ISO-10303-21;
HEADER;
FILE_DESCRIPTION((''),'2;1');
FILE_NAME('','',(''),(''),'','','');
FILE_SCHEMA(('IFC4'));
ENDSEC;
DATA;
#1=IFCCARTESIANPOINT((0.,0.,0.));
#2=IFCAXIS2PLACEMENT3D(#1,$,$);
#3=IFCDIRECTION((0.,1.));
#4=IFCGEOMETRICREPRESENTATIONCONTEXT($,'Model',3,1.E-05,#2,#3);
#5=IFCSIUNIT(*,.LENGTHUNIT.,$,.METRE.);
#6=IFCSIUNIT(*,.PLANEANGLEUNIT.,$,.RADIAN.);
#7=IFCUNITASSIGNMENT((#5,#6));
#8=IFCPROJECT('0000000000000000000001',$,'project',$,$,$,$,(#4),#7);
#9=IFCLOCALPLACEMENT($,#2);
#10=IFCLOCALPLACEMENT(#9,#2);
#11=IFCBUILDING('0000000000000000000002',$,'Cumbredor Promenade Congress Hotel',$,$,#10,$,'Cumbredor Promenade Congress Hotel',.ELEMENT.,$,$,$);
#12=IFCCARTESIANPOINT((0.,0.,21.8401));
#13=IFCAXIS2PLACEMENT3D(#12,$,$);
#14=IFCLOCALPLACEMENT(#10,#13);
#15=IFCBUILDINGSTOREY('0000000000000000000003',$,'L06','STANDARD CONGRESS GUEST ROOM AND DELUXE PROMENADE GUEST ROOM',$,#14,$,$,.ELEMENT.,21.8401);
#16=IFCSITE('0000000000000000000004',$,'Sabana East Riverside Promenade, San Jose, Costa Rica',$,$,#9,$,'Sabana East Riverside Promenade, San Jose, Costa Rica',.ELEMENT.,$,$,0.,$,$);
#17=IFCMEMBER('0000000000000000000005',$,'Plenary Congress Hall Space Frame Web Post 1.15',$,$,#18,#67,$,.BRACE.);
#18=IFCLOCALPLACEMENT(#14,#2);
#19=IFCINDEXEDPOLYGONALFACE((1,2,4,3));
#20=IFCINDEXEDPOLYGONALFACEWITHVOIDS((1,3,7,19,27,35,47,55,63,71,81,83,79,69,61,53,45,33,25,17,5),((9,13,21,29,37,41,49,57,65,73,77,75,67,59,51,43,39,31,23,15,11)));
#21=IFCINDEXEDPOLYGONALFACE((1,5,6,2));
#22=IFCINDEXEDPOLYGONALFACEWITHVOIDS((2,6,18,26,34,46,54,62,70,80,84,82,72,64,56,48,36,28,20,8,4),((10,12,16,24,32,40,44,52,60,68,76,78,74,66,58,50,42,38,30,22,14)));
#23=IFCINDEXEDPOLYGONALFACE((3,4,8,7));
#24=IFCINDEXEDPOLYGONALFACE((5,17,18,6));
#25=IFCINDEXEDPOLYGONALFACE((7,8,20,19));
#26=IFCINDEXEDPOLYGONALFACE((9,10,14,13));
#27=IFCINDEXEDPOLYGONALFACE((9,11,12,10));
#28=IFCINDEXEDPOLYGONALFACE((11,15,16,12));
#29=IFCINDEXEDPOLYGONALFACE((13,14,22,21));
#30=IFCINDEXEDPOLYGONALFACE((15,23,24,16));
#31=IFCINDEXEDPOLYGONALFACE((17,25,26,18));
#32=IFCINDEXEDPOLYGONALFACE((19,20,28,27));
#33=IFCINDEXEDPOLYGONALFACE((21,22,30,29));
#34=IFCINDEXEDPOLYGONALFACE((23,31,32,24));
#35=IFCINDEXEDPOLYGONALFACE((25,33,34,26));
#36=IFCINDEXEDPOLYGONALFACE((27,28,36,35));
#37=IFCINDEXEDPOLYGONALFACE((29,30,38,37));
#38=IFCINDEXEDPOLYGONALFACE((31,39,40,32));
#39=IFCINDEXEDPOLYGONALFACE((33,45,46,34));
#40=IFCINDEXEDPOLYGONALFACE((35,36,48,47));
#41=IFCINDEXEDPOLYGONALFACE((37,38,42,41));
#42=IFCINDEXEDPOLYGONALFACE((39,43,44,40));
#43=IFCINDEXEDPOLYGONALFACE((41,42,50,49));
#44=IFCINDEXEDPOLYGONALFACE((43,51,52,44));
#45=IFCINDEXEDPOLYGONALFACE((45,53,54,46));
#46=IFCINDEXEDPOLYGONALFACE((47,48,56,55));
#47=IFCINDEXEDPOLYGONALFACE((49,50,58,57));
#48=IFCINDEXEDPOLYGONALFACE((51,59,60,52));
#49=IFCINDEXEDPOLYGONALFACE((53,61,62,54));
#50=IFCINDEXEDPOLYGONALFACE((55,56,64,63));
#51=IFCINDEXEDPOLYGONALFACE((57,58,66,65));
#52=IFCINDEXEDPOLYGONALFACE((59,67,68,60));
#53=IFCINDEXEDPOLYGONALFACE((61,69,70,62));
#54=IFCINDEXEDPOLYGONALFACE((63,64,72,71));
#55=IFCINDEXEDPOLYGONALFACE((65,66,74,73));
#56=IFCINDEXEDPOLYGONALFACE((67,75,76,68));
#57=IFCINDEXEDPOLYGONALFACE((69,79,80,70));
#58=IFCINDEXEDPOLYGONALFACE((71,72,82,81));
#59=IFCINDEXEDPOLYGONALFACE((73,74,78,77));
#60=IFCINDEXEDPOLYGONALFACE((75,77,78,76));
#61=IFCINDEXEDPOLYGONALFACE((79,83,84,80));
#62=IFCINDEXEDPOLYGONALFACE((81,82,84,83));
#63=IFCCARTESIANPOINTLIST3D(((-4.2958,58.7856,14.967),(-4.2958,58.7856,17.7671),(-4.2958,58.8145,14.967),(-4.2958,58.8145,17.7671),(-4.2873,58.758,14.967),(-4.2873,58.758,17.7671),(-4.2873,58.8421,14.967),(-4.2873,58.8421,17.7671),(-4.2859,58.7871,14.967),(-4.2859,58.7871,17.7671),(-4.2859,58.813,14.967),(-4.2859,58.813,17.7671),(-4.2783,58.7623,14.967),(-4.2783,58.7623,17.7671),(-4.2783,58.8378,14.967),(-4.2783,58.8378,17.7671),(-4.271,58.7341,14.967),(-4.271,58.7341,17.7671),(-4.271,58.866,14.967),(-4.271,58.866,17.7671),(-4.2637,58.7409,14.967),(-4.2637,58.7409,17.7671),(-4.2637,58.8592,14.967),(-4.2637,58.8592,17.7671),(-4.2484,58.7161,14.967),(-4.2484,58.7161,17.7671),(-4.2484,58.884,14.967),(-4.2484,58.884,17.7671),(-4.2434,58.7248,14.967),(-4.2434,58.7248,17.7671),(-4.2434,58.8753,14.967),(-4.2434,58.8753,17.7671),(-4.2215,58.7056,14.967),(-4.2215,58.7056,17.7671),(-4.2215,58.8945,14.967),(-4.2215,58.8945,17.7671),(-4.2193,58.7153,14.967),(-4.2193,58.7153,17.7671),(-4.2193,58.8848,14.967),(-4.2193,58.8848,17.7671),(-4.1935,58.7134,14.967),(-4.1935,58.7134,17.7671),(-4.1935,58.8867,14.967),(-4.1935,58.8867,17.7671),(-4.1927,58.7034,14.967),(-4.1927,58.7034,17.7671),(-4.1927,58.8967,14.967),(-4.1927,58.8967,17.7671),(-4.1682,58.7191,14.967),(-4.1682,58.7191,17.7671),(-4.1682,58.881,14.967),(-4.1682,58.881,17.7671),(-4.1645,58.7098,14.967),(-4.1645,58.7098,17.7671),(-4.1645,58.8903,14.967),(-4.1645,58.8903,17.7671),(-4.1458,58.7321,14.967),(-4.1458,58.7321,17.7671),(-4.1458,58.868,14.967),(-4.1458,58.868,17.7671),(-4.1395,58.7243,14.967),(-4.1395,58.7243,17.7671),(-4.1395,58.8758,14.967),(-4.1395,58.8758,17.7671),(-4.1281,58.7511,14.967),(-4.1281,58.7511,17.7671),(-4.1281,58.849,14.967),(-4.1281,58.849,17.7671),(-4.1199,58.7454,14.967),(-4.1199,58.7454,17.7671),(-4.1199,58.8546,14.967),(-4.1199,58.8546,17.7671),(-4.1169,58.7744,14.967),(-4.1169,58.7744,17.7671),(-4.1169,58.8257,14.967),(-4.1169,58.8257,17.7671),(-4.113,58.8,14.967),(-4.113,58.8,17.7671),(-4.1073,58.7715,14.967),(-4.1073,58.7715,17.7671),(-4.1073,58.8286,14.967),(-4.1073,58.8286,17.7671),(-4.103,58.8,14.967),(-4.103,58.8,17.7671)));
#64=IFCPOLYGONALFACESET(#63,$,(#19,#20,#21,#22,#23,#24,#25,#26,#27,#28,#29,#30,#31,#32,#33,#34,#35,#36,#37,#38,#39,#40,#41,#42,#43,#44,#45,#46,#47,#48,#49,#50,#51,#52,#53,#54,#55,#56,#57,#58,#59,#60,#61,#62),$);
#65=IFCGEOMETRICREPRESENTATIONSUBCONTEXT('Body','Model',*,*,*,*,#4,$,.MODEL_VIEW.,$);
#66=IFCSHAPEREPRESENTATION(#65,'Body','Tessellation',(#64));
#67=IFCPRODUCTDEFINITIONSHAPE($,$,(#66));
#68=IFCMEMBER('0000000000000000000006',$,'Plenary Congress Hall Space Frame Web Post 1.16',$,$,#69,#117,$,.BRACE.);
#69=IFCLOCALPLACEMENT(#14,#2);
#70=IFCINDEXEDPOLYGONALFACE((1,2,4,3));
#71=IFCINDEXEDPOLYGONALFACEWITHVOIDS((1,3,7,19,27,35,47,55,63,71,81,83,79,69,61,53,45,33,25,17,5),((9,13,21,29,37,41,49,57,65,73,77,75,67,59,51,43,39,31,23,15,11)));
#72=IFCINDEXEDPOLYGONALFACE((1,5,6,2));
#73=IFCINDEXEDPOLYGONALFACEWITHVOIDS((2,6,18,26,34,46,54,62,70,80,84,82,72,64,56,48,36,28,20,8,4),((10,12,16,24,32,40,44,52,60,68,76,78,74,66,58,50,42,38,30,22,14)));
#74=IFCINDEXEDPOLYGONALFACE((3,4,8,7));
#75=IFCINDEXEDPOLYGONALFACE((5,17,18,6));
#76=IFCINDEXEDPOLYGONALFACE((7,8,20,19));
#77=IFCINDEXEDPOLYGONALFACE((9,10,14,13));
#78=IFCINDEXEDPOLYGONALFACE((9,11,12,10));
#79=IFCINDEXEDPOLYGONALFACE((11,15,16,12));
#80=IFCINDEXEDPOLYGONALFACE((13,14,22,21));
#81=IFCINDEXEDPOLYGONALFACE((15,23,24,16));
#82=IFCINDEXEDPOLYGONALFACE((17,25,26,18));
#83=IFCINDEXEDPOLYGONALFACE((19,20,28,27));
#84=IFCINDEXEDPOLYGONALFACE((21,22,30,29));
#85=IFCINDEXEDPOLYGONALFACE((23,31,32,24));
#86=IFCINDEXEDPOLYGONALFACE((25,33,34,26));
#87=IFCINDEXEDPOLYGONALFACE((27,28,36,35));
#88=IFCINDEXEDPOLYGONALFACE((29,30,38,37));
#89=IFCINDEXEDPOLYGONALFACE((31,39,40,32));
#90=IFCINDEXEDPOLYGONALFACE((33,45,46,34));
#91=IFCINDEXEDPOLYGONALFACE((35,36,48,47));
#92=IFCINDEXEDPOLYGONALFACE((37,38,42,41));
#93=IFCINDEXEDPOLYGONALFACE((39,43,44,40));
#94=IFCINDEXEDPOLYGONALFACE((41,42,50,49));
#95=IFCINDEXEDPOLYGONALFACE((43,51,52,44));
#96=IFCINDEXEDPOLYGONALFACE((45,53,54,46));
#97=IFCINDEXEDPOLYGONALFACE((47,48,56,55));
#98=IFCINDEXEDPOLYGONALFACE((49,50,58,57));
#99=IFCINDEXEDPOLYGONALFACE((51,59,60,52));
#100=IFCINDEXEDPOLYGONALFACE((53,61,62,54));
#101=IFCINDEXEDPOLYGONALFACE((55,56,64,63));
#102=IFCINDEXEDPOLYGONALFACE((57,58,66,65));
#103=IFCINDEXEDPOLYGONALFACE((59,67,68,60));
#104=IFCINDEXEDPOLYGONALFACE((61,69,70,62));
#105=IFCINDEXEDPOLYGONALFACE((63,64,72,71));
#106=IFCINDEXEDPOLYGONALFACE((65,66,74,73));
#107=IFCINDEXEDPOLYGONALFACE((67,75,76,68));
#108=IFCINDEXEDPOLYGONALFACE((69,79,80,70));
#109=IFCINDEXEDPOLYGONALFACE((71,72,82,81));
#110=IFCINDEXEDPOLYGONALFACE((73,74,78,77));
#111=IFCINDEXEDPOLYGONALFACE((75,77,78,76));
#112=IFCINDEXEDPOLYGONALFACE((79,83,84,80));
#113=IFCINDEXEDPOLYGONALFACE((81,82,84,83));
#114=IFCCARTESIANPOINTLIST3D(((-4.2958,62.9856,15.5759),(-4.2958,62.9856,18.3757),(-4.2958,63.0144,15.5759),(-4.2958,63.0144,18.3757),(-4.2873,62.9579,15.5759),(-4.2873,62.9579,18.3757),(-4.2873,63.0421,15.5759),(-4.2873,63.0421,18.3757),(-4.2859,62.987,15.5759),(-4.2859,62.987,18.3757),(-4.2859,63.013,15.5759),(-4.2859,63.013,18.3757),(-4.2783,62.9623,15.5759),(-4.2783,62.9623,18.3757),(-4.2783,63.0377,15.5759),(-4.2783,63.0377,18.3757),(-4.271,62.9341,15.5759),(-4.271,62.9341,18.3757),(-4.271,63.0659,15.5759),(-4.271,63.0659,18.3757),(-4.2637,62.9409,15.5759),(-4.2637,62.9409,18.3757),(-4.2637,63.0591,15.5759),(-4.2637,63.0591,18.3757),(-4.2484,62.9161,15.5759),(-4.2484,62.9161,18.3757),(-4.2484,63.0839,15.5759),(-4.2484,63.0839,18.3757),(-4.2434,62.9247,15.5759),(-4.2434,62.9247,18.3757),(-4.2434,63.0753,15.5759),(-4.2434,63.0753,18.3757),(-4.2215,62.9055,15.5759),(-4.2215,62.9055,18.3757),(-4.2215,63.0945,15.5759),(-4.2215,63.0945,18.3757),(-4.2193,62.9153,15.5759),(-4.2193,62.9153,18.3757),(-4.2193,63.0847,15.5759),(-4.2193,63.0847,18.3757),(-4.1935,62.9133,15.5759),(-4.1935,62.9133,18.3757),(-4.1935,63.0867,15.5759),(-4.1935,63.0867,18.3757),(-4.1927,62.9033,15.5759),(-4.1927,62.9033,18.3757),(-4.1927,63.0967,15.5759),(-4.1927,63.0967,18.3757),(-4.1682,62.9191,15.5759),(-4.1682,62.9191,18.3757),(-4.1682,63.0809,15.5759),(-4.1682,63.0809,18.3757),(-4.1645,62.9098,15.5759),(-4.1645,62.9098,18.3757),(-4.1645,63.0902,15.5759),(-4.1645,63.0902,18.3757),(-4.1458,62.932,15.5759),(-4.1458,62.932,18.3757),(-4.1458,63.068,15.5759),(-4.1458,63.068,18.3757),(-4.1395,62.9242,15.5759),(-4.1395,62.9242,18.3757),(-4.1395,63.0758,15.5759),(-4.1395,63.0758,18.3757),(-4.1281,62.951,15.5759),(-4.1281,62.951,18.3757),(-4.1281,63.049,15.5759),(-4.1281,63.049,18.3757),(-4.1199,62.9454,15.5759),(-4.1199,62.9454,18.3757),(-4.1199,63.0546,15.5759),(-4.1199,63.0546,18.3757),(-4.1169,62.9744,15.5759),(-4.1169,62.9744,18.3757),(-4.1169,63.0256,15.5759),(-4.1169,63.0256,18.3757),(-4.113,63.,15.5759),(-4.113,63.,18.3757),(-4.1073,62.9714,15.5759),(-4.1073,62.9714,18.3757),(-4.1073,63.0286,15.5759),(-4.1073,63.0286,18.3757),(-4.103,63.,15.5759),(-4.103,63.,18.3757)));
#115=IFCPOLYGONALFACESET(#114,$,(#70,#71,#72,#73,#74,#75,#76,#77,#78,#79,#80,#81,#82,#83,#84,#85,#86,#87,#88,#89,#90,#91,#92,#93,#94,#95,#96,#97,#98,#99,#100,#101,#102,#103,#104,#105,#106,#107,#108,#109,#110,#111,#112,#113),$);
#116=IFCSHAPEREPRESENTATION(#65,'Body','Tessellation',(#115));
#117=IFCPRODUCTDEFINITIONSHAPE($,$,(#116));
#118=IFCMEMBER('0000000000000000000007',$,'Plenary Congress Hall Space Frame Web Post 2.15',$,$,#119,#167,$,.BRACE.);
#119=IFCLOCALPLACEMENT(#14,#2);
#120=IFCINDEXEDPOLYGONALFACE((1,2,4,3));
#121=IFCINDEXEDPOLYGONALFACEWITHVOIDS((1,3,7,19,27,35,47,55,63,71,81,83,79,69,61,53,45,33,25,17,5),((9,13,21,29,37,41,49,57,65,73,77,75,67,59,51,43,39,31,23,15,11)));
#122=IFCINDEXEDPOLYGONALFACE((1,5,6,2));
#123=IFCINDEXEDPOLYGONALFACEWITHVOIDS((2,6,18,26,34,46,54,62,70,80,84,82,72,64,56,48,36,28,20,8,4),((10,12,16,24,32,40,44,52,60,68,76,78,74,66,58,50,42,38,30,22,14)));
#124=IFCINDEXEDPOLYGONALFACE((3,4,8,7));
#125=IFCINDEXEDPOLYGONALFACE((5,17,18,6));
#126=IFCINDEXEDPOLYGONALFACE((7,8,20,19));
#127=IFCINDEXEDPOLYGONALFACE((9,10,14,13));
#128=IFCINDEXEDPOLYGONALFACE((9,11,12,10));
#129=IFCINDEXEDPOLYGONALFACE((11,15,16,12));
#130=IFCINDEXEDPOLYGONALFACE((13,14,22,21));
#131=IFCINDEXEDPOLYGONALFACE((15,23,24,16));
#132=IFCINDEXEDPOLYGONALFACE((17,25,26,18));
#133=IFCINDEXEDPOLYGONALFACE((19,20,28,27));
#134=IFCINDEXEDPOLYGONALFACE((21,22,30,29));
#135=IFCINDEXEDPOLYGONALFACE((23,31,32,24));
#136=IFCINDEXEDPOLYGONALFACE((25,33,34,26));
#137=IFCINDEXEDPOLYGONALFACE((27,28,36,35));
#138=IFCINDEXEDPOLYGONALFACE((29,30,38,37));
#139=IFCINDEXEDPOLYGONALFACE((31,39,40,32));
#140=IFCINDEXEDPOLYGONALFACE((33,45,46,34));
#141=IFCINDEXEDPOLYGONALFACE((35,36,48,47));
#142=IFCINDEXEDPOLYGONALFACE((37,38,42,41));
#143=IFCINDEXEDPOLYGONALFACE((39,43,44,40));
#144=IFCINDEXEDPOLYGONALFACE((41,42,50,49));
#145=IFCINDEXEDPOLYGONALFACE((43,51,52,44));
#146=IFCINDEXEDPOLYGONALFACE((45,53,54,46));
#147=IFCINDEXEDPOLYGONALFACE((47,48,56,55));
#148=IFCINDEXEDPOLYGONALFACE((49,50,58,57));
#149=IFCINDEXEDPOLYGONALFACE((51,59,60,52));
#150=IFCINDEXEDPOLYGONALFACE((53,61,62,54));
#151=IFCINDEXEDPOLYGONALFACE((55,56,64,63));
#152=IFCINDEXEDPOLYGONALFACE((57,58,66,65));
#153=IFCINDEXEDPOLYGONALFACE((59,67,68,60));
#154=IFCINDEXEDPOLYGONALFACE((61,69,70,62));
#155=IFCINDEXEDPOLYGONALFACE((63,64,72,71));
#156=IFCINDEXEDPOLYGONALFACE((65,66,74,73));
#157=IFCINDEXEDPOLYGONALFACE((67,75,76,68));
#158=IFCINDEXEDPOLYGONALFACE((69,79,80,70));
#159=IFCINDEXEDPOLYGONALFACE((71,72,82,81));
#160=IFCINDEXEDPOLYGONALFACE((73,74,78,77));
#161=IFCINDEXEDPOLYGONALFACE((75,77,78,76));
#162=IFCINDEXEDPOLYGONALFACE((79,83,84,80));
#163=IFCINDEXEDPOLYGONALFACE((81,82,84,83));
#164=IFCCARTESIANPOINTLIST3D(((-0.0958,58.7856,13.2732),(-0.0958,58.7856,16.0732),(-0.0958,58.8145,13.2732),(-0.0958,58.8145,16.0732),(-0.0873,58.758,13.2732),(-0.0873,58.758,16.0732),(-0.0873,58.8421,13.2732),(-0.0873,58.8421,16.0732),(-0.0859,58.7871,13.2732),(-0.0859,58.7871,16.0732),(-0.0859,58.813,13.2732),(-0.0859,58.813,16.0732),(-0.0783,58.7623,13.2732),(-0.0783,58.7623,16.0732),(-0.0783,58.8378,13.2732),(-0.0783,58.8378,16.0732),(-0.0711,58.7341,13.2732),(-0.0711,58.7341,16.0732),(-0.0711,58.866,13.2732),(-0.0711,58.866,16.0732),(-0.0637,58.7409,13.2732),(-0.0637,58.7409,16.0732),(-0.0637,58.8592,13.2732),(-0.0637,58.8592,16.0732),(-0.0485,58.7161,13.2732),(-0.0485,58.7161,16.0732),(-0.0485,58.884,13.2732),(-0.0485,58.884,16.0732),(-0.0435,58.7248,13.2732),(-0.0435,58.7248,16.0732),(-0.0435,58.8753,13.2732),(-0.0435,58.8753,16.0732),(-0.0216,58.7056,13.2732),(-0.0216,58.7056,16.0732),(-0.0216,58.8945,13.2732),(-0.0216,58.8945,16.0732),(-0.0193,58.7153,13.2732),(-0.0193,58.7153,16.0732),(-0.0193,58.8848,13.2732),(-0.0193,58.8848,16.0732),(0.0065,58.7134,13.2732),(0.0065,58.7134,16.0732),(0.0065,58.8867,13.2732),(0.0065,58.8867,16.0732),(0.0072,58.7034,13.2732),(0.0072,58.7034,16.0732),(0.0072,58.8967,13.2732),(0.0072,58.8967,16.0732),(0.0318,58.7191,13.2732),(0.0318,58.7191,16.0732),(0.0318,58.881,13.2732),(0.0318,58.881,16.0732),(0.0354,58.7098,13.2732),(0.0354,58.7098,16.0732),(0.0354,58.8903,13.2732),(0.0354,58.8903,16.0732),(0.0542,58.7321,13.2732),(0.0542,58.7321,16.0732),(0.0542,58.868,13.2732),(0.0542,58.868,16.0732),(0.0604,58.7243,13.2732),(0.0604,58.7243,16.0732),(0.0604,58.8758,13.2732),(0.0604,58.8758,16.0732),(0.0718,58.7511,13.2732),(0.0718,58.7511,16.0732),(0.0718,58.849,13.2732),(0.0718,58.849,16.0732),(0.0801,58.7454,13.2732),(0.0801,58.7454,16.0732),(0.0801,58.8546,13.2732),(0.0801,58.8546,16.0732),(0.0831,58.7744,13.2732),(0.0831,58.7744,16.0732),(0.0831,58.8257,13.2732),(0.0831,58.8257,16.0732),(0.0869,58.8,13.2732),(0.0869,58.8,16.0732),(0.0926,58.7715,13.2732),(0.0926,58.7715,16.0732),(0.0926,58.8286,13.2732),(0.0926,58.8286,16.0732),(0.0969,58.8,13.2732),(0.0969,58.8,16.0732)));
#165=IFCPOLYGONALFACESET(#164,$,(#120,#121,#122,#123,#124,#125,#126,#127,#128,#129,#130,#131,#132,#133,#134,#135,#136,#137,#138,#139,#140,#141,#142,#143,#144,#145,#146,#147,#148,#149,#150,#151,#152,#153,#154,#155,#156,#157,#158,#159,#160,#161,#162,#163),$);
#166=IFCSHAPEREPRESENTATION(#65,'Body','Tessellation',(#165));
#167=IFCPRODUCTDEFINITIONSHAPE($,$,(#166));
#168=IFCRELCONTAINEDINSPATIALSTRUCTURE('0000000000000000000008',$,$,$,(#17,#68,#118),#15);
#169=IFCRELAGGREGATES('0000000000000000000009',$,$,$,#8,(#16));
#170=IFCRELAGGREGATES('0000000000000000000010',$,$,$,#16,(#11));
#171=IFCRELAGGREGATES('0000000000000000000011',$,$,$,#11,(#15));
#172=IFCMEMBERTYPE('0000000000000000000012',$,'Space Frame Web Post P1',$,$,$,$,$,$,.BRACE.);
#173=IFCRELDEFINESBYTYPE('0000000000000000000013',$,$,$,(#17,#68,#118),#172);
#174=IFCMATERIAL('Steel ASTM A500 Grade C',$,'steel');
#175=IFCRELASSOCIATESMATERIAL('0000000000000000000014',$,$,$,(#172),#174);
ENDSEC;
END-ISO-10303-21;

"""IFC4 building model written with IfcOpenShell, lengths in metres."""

from ifc_helpers import new_model, si_unit, direction, frame, origin, origin_2d, place, context, subcontext, project, spatial, hollow_circle, extrude, material, material_profile, profile_set, type_object, element, save


model = new_model("IFC4")

# Units and contexts
model_context = context("Model", 3, precision=1e-05, world=origin(), true_north=direction((0.0, 1.0)))
body_context = subcontext(model_context, "Body", "Model", "MODEL_VIEW")
ifc_project = project(units=[si_unit("LENGTHUNIT", "METRE"), si_unit("PLANEANGLEUNIT", "RADIAN")], contexts=[model_context])

# Site, building, storey
site_placement = place(None, origin())
site = spatial("IfcSite", under=ifc_project, at=site_placement, Name="Sabana East Riverside Promenade, San Jose, Costa Rica", LongName="Sabana East Riverside Promenade, San Jose, Costa Rica", CompositionType="ELEMENT", RefElevation=0.0)
building_placement = place(site_placement, origin())
building = spatial("IfcBuilding", under=site, at=building_placement, Name="Cumbredor Promenade Congress Hotel", LongName="Cumbredor Promenade Congress Hotel", CompositionType="ELEMENT")
storey_placement = place(building_placement, frame((0.0, 0.0, 21.8401)))
storey = spatial("IfcBuildingStorey", under=building, at=storey_placement, Name="L06", Description="STANDARD CONGRESS GUEST ROOM AND DELUXE PROMENADE GUEST ROOM", CompositionType="ELEMENT", Elevation=21.8401)

# Members
ifc_material_1 = material(Name="Steel ASTM A500 Grade C", Category="steel")
ifc_material_profile_1 = material_profile(ifc_material_1, hollow_circle(Radius=0.0969, WallThickness=0.01, at=origin_2d()), Name="CHS 193.7x10")
ifc_profile_set_1 = profile_set([ifc_material_profile_1], Name="Steel ASTM A500 Grade C")
member_type_1 = type_object("IfcMemberType", Name="Space Frame Web Post P1", PredefinedType="BRACE", material=ifc_profile_set_1)
for number, where, z_axis, x_axis, name in (
    (1, (-4.2, 58.8, 14.967), (0.0, 0.0, 1.0), (1.0, 0.0, 0.0), "Plenary Congress Hall Space Frame Web Post 1.15"),
):
    element("IfcMember", number, at=place(storey_placement, frame(where, z_axis=z_axis, x_axis=x_axis)), inside=storey, type_object=member_type_1, Name=name, PredefinedType="BRACE", context=body_context, shape_type="SweptSolid", body=[
        extrude(hollow_circle(Radius=0.0969, WallThickness=0.01, at=origin_2d()), origin(), (0.0, 0.0, 1.0), 2.8),
    ])
member_1_placement = place(storey_placement, frame((-4.2, 63.0, 15.5759), z_axis=(0.0, 0.0, 1.0), x_axis=(1.0, 0.0, 0.0)))
element("IfcMember", 2, at=member_1_placement, inside=storey, type_object=member_type_1, Name="Plenary Congress Hall Space Frame Web Post 1.16", PredefinedType="BRACE", context=body_context, shape_type="SweptSolid", body=[
    extrude(hollow_circle(Radius=0.0969, WallThickness=0.01, at=origin_2d()), origin(), (0.0, 0.0, 1.0), 2.7998),
])
for number, where, z_axis, x_axis, name in (
    (3, (0.0, 58.8, 13.2732), (0.0, 0.0, 1.0), (1.0, 0.0, 0.0), "Plenary Congress Hall Space Frame Web Post 2.15"),
):
    element("IfcMember", number, at=place(storey_placement, frame(where, z_axis=z_axis, x_axis=x_axis)), inside=storey, type_object=member_type_1, Name=name, PredefinedType="BRACE", context=body_context, shape_type="SweptSolid", body=[
        extrude(hollow_circle(Radius=0.0969, WallThickness=0.01, at=origin_2d()), origin(), (0.0, 0.0, 1.0), 2.8),
    ])

save(model, "model.ifc")
